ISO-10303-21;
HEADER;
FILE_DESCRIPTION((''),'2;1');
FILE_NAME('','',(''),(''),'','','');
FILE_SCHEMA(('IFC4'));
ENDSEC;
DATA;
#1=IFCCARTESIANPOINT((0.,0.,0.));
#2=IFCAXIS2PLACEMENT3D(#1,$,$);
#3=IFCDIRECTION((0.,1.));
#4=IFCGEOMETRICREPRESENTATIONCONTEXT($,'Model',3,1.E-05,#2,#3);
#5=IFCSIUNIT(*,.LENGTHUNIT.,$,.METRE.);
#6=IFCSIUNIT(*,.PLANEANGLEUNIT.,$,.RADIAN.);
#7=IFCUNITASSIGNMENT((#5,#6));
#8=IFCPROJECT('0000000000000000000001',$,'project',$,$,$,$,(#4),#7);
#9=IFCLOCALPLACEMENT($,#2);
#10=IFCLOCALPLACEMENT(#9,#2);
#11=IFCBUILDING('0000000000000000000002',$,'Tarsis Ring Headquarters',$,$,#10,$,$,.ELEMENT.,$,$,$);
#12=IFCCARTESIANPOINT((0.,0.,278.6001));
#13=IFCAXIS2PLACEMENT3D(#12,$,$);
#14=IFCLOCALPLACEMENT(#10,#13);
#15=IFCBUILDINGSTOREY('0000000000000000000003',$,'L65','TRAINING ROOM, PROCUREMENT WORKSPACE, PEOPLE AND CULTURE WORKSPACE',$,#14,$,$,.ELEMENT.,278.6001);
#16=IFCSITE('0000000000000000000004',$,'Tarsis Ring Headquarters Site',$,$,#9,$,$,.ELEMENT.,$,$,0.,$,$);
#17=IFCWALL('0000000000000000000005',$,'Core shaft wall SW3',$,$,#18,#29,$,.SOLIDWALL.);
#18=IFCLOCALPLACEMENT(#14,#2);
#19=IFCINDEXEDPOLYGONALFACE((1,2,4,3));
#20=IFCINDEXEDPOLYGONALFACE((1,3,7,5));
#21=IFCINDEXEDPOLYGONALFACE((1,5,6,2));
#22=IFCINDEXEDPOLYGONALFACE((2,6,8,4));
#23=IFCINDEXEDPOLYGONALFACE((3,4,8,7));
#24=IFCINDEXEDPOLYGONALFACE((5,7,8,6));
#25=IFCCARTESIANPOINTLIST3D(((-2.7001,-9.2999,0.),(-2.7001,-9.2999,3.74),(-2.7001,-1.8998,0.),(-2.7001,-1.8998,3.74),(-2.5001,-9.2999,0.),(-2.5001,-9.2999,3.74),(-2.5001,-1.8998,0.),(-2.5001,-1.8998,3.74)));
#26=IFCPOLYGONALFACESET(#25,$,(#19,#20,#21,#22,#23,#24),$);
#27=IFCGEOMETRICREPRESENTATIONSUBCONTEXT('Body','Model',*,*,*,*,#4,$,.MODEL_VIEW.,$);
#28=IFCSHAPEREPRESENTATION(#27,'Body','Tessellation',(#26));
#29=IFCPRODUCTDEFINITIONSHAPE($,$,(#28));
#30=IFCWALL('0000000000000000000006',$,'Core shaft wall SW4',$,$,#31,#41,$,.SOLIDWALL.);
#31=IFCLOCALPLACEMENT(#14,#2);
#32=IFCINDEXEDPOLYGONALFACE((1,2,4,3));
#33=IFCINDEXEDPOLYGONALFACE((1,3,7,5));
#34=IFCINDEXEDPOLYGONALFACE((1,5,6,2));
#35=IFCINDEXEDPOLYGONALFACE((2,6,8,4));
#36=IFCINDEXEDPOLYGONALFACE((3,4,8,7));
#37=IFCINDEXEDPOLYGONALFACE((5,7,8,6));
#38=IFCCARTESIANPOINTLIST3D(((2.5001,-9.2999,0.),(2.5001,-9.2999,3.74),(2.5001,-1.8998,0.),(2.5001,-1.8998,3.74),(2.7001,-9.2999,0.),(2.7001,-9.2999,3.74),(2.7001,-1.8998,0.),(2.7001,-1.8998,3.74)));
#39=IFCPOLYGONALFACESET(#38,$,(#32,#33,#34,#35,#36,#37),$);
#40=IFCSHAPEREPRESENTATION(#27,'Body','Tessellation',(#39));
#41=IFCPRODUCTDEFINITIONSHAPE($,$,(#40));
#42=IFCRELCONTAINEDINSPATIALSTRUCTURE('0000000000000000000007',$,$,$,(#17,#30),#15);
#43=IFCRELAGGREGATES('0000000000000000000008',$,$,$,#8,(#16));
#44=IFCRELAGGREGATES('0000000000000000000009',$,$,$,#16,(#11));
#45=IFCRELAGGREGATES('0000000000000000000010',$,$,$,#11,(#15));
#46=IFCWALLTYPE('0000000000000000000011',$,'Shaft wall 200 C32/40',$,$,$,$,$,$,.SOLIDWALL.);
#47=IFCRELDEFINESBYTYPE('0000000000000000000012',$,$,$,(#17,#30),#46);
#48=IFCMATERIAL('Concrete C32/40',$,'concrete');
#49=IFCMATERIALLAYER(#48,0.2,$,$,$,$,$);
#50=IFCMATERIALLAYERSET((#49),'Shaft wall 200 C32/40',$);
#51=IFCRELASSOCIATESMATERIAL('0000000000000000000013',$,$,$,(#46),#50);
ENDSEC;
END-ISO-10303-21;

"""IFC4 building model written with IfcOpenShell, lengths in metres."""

from ifc_helpers import new_model, si_unit, direction, frame, frame_2d, origin, place, context, subcontext, project, spatial, rectangle, extrude, material, layer, layer_set, type_object, element, save


model = new_model("IFC4")

# Units and contexts
model_context = context("Model", 3, precision=1e-05, world=origin(), true_north=direction((0.0, 1.0)))
body_context = subcontext(model_context, "Body", "Model", "MODEL_VIEW")
ifc_project = project(units=[si_unit("LENGTHUNIT", "METRE"), si_unit("PLANEANGLEUNIT", "RADIAN")], contexts=[model_context])

# Site, building, storey
site_placement = place(None, origin())
site = spatial("IfcSite", under=ifc_project, at=site_placement, Name="Tarsis Ring Headquarters Site", CompositionType="ELEMENT", RefElevation=0.0)
building_placement = place(site_placement, origin())
building = spatial("IfcBuilding", under=site, at=building_placement, Name="Tarsis Ring Headquarters", CompositionType="ELEMENT")
storey_placement = place(building_placement, frame((0.0, 0.0, 278.6001)))
storey = spatial("IfcBuildingStorey", under=building, at=storey_placement, Name="L65", Description="TRAINING ROOM, PROCUREMENT WORKSPACE, PEOPLE AND CULTURE WORKSPACE", CompositionType="ELEMENT", Elevation=278.6001)

# Walls
ifc_material_1 = material(Name="Concrete C32/40", Category="concrete")
ifc_layer_1 = layer(ifc_material_1, 0.2)
ifc_layer_set_1 = layer_set([ifc_layer_1], Name="Shaft wall 200 C32/40")
wall_type_1 = type_object("IfcWallType", Name="Shaft wall 200 C32/40", PredefinedType="SOLIDWALL", material=ifc_layer_set_1)
for number, where, z_axis, x_axis, name in (
    (1, (-2.6001, -9.3, 0.0), (0.0, 0.0, 1.0), (0.0, 1.0, 0.0), "Core shaft wall SW3"),
    (2, (2.6001, -9.3, 0.0), (0.0, 0.0, 1.0), (0.0, 1.0, 0.0), "Core shaft wall SW4"),
):
    element("IfcWall", number, at=place(storey_placement, frame(where, z_axis=z_axis, x_axis=x_axis)), inside=storey, type_object=wall_type_1, Name=name, PredefinedType="SOLIDWALL", context=body_context, shape_type="SweptSolid", body=[
        extrude(rectangle(XDim=7.4001, YDim=0.2, at=frame_2d((3.7002, 0.0))), origin(), (0.0, 0.0, 1.0), 3.74),
    ])

save(model, "model.ifc")
